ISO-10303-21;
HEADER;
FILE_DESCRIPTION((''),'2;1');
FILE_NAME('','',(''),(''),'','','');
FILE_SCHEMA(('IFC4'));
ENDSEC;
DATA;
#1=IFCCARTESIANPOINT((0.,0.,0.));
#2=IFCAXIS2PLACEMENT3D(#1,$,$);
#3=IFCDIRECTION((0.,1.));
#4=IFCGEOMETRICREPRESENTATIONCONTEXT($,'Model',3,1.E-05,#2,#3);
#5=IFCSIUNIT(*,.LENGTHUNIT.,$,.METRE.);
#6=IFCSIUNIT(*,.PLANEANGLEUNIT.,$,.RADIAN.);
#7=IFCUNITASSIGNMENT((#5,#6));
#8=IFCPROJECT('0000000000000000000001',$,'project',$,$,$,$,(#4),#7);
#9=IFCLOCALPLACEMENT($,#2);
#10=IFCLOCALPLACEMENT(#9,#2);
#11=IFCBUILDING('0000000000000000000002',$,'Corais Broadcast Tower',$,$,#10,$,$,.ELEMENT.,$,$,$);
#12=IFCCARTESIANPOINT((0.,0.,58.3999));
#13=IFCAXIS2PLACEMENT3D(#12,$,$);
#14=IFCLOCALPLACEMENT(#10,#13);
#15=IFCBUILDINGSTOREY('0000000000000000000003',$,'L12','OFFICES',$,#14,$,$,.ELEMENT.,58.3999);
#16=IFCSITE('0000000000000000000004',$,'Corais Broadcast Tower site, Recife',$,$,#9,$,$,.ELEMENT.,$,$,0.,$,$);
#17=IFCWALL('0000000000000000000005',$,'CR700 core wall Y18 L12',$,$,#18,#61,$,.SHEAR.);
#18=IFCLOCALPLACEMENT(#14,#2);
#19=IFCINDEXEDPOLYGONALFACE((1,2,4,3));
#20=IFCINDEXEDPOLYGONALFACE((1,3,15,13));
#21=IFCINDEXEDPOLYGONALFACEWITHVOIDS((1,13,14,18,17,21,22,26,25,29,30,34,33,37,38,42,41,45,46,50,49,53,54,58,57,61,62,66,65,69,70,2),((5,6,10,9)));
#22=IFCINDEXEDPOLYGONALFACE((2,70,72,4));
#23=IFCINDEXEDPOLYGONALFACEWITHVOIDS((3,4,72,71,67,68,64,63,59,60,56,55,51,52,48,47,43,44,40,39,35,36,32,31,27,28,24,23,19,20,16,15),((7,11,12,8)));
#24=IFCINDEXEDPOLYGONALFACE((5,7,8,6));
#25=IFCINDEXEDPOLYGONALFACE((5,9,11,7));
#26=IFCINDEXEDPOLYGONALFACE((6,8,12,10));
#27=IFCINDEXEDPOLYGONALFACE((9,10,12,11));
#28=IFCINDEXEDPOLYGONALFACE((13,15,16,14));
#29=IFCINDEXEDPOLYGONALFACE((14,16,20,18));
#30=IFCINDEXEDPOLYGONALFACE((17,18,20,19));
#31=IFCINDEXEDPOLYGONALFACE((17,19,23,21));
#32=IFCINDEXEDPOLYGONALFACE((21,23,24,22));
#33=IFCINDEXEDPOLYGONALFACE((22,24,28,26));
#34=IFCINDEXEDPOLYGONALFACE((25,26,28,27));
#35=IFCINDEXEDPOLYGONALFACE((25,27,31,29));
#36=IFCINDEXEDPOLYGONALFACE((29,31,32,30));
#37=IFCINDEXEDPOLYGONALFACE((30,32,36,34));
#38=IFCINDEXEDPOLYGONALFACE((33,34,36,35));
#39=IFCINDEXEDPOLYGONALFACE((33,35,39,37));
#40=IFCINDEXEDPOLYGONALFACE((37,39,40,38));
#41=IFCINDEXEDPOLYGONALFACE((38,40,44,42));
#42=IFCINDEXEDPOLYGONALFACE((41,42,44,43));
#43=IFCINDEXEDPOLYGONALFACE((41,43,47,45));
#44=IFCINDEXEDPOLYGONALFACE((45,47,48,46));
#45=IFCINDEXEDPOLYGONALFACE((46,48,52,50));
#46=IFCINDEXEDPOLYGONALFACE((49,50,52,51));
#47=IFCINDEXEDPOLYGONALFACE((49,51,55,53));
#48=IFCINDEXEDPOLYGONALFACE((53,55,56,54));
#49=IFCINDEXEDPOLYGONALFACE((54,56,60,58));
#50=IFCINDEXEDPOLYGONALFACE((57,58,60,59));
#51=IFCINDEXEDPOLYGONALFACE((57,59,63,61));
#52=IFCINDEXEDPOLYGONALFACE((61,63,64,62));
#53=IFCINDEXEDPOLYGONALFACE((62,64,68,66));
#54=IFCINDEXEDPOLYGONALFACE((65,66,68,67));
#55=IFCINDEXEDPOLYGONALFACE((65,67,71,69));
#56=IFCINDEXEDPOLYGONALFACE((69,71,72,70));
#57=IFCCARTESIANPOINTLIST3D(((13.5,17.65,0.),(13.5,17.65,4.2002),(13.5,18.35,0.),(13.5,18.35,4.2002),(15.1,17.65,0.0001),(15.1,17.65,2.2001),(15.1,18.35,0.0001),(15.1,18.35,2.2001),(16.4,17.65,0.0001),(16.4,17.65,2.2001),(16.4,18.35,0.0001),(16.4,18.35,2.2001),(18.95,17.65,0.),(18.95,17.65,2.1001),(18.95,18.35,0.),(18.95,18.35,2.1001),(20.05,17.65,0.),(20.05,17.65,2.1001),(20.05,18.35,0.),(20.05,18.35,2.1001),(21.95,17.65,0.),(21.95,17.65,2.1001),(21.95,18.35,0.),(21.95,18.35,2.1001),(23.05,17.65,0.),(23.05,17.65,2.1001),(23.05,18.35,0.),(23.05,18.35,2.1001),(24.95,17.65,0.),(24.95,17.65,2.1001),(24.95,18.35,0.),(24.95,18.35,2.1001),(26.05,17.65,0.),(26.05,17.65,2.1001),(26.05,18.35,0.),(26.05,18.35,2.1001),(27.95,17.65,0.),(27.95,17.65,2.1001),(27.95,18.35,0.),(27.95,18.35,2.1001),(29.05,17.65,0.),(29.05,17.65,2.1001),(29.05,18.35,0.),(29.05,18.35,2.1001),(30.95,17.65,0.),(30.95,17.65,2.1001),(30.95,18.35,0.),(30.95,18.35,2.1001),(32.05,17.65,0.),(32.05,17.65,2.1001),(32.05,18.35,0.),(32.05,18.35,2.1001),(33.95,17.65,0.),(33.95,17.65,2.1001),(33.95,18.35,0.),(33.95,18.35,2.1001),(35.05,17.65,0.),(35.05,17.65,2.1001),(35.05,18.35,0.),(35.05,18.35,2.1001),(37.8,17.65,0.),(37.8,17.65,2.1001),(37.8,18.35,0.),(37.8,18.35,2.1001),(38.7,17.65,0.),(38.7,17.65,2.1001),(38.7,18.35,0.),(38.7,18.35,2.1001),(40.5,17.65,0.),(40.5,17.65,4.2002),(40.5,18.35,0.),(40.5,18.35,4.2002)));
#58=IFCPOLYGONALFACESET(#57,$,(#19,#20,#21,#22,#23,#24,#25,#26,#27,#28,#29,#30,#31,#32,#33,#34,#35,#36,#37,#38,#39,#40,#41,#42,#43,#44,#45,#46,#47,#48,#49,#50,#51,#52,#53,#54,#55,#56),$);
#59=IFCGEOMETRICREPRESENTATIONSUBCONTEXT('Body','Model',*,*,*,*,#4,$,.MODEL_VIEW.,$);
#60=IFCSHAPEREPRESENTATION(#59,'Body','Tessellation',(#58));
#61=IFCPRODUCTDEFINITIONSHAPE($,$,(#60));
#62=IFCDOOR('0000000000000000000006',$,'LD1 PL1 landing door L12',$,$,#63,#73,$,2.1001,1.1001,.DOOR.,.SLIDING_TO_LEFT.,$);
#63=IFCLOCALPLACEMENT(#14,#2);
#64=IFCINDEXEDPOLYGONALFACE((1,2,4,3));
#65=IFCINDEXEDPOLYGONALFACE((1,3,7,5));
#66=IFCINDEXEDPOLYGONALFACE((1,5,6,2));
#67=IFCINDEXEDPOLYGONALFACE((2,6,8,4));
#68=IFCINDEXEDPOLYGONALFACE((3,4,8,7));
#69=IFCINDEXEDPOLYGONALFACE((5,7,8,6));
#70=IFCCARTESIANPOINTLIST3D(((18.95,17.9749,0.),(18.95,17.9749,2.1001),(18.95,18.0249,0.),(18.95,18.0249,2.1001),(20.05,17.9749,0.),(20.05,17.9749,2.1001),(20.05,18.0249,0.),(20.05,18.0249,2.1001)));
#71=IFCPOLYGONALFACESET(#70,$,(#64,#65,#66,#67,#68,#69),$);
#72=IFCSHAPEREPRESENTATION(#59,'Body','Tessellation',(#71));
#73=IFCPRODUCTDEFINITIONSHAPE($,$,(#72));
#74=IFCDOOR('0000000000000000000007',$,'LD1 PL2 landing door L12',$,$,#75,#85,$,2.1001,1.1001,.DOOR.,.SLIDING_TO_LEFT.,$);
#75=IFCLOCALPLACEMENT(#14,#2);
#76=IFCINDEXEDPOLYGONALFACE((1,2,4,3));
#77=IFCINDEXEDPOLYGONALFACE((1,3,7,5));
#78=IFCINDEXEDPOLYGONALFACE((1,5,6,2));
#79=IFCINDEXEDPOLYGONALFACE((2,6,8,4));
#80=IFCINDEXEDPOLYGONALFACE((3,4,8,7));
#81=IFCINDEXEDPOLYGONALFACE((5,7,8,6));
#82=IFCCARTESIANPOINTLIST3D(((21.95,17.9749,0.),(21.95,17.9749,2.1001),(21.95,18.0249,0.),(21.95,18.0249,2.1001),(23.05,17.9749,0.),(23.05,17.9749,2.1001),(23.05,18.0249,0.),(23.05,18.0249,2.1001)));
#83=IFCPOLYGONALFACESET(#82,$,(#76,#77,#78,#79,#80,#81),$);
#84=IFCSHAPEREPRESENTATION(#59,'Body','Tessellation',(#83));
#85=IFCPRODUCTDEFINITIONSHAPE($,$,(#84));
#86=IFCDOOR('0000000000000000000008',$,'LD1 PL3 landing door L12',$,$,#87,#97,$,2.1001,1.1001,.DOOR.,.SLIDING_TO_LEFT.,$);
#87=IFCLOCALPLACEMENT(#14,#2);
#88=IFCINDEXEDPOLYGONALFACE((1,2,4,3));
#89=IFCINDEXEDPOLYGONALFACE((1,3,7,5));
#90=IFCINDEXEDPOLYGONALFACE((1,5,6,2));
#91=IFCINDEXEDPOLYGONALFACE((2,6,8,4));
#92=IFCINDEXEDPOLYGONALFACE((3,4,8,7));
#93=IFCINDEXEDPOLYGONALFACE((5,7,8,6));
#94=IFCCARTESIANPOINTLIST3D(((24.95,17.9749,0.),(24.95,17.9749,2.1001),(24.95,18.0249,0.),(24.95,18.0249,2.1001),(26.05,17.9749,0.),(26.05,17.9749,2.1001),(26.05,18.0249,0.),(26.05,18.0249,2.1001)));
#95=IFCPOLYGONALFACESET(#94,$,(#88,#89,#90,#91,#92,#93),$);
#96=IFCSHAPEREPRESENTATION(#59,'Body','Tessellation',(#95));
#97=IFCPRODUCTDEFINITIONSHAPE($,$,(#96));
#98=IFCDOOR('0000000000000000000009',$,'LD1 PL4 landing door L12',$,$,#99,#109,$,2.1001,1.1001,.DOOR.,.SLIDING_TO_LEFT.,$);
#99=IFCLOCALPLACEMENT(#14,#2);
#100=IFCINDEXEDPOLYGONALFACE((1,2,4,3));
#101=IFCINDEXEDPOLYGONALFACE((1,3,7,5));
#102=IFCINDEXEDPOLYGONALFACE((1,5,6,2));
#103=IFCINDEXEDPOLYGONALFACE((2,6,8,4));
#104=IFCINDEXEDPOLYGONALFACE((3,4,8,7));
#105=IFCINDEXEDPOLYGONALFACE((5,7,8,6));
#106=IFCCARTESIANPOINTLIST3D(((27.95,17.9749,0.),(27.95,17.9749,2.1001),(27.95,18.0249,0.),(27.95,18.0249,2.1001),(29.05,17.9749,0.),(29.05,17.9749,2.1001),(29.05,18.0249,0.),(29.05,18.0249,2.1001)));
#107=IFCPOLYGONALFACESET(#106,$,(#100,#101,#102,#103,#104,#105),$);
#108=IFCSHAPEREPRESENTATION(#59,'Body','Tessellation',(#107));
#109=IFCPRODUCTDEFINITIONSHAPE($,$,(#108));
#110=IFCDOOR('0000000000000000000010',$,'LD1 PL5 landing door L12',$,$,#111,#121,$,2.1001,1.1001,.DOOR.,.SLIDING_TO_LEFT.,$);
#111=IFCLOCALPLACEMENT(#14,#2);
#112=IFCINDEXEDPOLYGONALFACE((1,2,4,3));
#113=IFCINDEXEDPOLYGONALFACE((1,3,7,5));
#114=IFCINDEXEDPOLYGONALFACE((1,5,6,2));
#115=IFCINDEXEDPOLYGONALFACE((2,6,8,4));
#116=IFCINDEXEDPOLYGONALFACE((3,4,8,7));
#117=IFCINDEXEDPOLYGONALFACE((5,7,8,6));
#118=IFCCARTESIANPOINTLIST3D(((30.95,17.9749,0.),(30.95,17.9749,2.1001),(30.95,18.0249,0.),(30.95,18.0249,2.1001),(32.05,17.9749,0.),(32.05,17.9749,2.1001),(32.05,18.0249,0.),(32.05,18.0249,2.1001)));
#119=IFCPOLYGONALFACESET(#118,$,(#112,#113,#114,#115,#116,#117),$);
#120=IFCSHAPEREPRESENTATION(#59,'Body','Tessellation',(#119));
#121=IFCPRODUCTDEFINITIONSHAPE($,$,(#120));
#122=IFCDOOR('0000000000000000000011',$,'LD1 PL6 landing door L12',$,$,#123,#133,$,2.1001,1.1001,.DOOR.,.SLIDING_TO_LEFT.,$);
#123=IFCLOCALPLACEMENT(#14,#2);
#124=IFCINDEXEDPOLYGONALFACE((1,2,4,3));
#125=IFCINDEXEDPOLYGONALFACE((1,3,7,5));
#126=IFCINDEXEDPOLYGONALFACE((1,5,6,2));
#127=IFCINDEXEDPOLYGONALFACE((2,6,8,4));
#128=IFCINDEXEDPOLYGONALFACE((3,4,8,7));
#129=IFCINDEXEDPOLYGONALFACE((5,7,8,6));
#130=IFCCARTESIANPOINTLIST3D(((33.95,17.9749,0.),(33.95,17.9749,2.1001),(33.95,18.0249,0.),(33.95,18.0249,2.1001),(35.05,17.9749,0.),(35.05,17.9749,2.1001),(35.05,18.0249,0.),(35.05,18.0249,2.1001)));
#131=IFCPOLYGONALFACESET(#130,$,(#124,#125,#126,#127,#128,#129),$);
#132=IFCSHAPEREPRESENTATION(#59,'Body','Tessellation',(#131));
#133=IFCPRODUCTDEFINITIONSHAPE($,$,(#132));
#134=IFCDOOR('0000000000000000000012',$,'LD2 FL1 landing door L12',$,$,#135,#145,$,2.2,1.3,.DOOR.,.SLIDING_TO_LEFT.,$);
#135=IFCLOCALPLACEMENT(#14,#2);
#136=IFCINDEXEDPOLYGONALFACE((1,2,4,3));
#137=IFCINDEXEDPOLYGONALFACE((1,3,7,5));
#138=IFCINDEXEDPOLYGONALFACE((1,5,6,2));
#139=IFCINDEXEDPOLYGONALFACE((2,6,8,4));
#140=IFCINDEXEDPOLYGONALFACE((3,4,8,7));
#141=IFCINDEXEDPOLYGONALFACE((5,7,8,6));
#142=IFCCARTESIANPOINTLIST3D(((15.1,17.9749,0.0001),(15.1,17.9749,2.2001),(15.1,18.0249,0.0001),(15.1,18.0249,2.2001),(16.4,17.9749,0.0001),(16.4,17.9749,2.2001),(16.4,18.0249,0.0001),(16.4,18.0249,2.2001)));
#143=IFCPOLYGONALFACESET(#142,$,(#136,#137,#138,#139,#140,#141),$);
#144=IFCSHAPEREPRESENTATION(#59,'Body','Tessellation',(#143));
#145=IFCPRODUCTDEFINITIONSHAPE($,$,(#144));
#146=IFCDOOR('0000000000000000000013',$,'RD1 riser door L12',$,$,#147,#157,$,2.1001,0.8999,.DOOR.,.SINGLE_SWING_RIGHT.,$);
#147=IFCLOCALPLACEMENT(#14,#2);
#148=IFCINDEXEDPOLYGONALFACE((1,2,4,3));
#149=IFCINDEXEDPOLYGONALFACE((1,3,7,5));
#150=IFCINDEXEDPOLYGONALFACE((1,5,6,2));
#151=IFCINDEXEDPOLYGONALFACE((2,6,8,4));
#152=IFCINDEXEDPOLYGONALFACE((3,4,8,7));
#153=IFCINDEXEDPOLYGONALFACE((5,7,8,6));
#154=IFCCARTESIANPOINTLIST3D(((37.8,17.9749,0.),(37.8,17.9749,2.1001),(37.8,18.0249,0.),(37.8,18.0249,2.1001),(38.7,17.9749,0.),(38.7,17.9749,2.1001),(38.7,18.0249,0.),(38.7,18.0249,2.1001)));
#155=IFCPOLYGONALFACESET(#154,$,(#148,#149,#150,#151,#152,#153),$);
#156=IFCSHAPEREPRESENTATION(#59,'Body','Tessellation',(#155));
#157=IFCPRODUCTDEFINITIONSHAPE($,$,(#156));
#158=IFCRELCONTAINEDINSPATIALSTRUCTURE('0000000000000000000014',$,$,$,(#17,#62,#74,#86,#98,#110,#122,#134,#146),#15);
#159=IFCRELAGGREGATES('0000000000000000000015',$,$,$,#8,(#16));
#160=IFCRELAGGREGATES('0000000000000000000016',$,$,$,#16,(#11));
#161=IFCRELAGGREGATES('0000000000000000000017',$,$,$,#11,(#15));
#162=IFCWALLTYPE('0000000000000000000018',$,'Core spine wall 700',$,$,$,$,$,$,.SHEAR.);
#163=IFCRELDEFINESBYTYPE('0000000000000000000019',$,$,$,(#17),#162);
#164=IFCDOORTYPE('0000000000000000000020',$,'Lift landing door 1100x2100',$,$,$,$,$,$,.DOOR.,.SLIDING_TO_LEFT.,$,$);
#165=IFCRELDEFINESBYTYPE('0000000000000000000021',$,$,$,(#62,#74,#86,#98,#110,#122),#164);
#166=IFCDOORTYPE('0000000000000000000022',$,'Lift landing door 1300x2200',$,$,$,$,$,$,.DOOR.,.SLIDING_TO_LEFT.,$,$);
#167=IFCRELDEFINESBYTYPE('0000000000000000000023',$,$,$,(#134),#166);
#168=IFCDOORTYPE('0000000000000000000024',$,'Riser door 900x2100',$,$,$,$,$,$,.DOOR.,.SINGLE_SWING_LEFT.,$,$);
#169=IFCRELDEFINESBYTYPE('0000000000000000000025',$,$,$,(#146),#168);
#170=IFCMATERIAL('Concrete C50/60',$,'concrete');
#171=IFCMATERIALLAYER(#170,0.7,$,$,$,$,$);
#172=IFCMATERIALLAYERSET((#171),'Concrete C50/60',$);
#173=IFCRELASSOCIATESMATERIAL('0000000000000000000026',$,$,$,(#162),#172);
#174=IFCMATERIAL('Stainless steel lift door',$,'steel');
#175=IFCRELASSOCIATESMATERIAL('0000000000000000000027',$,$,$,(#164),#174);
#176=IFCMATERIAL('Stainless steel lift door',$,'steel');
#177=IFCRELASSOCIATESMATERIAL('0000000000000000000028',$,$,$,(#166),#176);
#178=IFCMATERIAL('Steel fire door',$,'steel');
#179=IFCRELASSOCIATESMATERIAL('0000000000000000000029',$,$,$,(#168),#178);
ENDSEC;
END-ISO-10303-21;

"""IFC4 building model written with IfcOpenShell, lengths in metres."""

from ifc_helpers import new_model, si_unit, direction, frame, frame_2d, origin, place, context, subcontext, project, spatial, rectangle, extrude, material, layer, layer_set, type_object, element, fill, save


model = new_model("IFC4")

# Units and contexts
model_context = context("Model", 3, precision=1e-05, world=origin(), true_north=direction((0.0, 1.0)))
body_context = subcontext(model_context, "Body", "Model", "MODEL_VIEW")
ifc_project = project(units=[si_unit("LENGTHUNIT", "METRE"), si_unit("PLANEANGLEUNIT", "RADIAN")], contexts=[model_context])

# Site, building, storey
site_placement = place(None, origin())
site = spatial("IfcSite", under=ifc_project, at=site_placement, Name="Corais Broadcast Tower site, Recife", CompositionType="ELEMENT", RefElevation=0.0)
building_placement = place(site_placement, origin())
building = spatial("IfcBuilding", under=site, at=building_placement, Name="Corais Broadcast Tower", CompositionType="ELEMENT")
storey_placement = place(building_placement, frame((0.0, 0.0, 58.3999)))
storey = spatial("IfcBuildingStorey", under=building, at=storey_placement, Name="L12", Description="OFFICES", CompositionType="ELEMENT", Elevation=58.3999)

# Shared definitions
ifc_material_1 = material(Name="Concrete C50/60", Category="concrete")
ifc_layer_1 = layer(ifc_material_1, 0.7)
ifc_layer_set_1 = layer_set([ifc_layer_1], Name="Concrete C50/60")
wall_type_1 = type_object("IfcWallType", Name="Core spine wall 700", PredefinedType="SHEAR", material=ifc_layer_set_1)

# Wall, openings, doors
wall_1_placement = place(storey_placement, frame((13.5, 18.0, 0.0), z_axis=(0.0, 0.0, 1.0), x_axis=(1.0, 0.0, 0.0)))
wall_1 = element("IfcWall", 1, at=wall_1_placement, inside=storey, type_object=wall_type_1, Name="CR700 core wall Y18 L12", PredefinedType="SHEAR", context=body_context, shape_type="SweptSolid", body=[
    extrude(rectangle(XDim=27.0, YDim=0.7, at=frame_2d((13.5, 0.0))), origin(), (0.0, 0.0, 1.0), 4.2002),
])
opening_1_placement = place(wall_1_placement, frame((24.3, 0.0, 0.0)))
opening_1 = element("IfcOpeningElement", 2, at=opening_1_placement, cuts=wall_1, PredefinedType="OPENING", context=body_context, shape_type="SweptSolid", body=[
    extrude(rectangle(XDim=0.8999, YDim=2.1001, at=frame_2d((0.45, 1.05))), frame((0.0, 0.3599, 0.0), z_axis=(0.0, -1.0, 0.0), x_axis=(1.0, 0.0, 0.0)), (0.0, 0.0, 1.0), 0.72),
])
opening_2_placement = place(wall_1_placement, frame((5.45, 0.0, 0.0)))
opening_2 = element("IfcOpeningElement", 3, at=opening_2_placement, cuts=wall_1, PredefinedType="OPENING", context=body_context, shape_type="SweptSolid", body=[
    extrude(rectangle(XDim=1.1001, YDim=2.1001, at=frame_2d((0.55, 1.05))), frame((0.0, 0.3599, 0.0), z_axis=(0.0, -1.0, 0.0), x_axis=(1.0, 0.0, 0.0)), (0.0, 0.0, 1.0), 0.72),
])
opening_3_placement = place(wall_1_placement, frame((8.45, 0.0, 0.0)))
opening_3 = element("IfcOpeningElement", 4, at=opening_3_placement, cuts=wall_1, PredefinedType="OPENING", context=body_context, shape_type="SweptSolid", body=[
    extrude(rectangle(XDim=1.1001, YDim=2.1001, at=frame_2d((0.55, 1.05))), frame((0.0, 0.3599, 0.0), z_axis=(0.0, -1.0, 0.0), x_axis=(1.0, 0.0, 0.0)), (0.0, 0.0, 1.0), 0.72),
])
opening_4_placement = place(wall_1_placement, frame((11.45, 0.0, 0.0)))
opening_4 = element("IfcOpeningElement", 5, at=opening_4_placement, cuts=wall_1, PredefinedType="OPENING", context=body_context, shape_type="SweptSolid", body=[
    extrude(rectangle(XDim=1.1001, YDim=2.1001, at=frame_2d((0.55, 1.05))), frame((0.0, 0.3599, 0.0), z_axis=(0.0, -1.0, 0.0), x_axis=(1.0, 0.0, 0.0)), (0.0, 0.0, 1.0), 0.72),
])
opening_5_placement = place(wall_1_placement, frame((14.45, 0.0, 0.0)))
opening_5 = element("IfcOpeningElement", 6, at=opening_5_placement, cuts=wall_1, PredefinedType="OPENING", context=body_context, shape_type="SweptSolid", body=[
    extrude(rectangle(XDim=1.1001, YDim=2.1001, at=frame_2d((0.55, 1.05))), frame((0.0, 0.3599, 0.0), z_axis=(0.0, -1.0, 0.0), x_axis=(1.0, 0.0, 0.0)), (0.0, 0.0, 1.0), 0.72),
])
opening_6_placement = place(wall_1_placement, frame((17.45, 0.0, 0.0)))
opening_6 = element("IfcOpeningElement", 7, at=opening_6_placement, cuts=wall_1, PredefinedType="OPENING", context=body_context, shape_type="SweptSolid", body=[
    extrude(rectangle(XDim=1.1001, YDim=2.1001, at=frame_2d((0.55, 1.05))), frame((0.0, 0.3599, 0.0), z_axis=(0.0, -1.0, 0.0), x_axis=(1.0, 0.0, 0.0)), (0.0, 0.0, 1.0), 0.72),
])
opening_7_placement = place(wall_1_placement, frame((20.45, 0.0, 0.0)))
opening_7 = element("IfcOpeningElement", 8, at=opening_7_placement, cuts=wall_1, PredefinedType="OPENING", context=body_context, shape_type="SweptSolid", body=[
    extrude(rectangle(XDim=1.1001, YDim=2.1001, at=frame_2d((0.55, 1.05))), frame((0.0, 0.3599, 0.0), z_axis=(0.0, -1.0, 0.0), x_axis=(1.0, 0.0, 0.0)), (0.0, 0.0, 1.0), 0.72),
])
opening_8_placement = place(wall_1_placement, frame((1.6001, 0.0, 0.0)))
opening_8 = element("IfcOpeningElement", 9, at=opening_8_placement, cuts=wall_1, PredefinedType="OPENING", context=body_context, shape_type="SweptSolid", body=[
    extrude(rectangle(XDim=1.3, YDim=2.2, at=frame_2d((0.6499, 1.1001))), frame((0.0, 0.3599, 0.0), z_axis=(0.0, -1.0, 0.0), x_axis=(1.0, 0.0, 0.0)), (0.0, 0.0, 1.0), 0.72),
])
ifc_material_2 = material(Name="Stainless steel lift door", Category="steel")
door_type_1 = type_object("IfcDoorType", Name="Lift landing door 1100x2100", OperationType="SLIDING_TO_LEFT", PredefinedType="DOOR", material=ifc_material_2)
door_1_placement = place(opening_2_placement, origin())
door_1 = element("IfcDoor", 10, at=door_1_placement, inside=storey, type_object=door_type_1, Name="LD1 PL1 landing door L12", OperationType="SLIDING_TO_LEFT", OverallHeight=2.1001, OverallWidth=1.1001, PredefinedType="DOOR", context=body_context, shape_type="SweptSolid", body=[
    extrude(rectangle(XDim=1.1001, YDim=2.1001, at=frame_2d((0.55, 1.05))), frame((0.0, 0.0249, 0.0), z_axis=(0.0, -1.0, 0.0), x_axis=(1.0, 0.0, 0.0)), (0.0, 0.0, 1.0), 0.05),
])
fill(opening_2, door_1)
door_2_placement = place(opening_3_placement, origin())
door_2 = element("IfcDoor", 11, at=door_2_placement, inside=storey, type_object=door_type_1, Name="LD1 PL2 landing door L12", OperationType="SLIDING_TO_LEFT", OverallHeight=2.1001, OverallWidth=1.1001, PredefinedType="DOOR", context=body_context, shape_type="SweptSolid", body=[
    extrude(rectangle(XDim=1.1001, YDim=2.1001, at=frame_2d((0.55, 1.05))), frame((0.0, 0.0249, 0.0), z_axis=(0.0, -1.0, 0.0), x_axis=(1.0, 0.0, 0.0)), (0.0, 0.0, 1.0), 0.05),
])
fill(opening_3, door_2)
door_3_placement = place(opening_4_placement, origin())
door_3 = element("IfcDoor", 12, at=door_3_placement, inside=storey, type_object=door_type_1, Name="LD1 PL3 landing door L12", OperationType="SLIDING_TO_LEFT", OverallHeight=2.1001, OverallWidth=1.1001, PredefinedType="DOOR", context=body_context, shape_type="SweptSolid", body=[
    extrude(rectangle(XDim=1.1001, YDim=2.1001, at=frame_2d((0.55, 1.05))), frame((0.0, 0.0249, 0.0), z_axis=(0.0, -1.0, 0.0), x_axis=(1.0, 0.0, 0.0)), (0.0, 0.0, 1.0), 0.05),
])
fill(opening_4, door_3)
door_4_placement = place(opening_5_placement, origin())
door_4 = element("IfcDoor", 13, at=door_4_placement, inside=storey, type_object=door_type_1, Name="LD1 PL4 landing door L12", OperationType="SLIDING_TO_LEFT", OverallHeight=2.1001, OverallWidth=1.1001, PredefinedType="DOOR", context=body_context, shape_type="SweptSolid", body=[
    extrude(rectangle(XDim=1.1001, YDim=2.1001, at=frame_2d((0.55, 1.05))), frame((0.0, 0.0249, 0.0), z_axis=(0.0, -1.0, 0.0), x_axis=(1.0, 0.0, 0.0)), (0.0, 0.0, 1.0), 0.05),
])
fill(opening_5, door_4)
door_5_placement = place(opening_6_placement, origin())
door_5 = element("IfcDoor", 14, at=door_5_placement, inside=storey, type_object=door_type_1, Name="LD1 PL5 landing door L12", OperationType="SLIDING_TO_LEFT", OverallHeight=2.1001, OverallWidth=1.1001, PredefinedType="DOOR", context=body_context, shape_type="SweptSolid", body=[
    extrude(rectangle(XDim=1.1001, YDim=2.1001, at=frame_2d((0.55, 1.05))), frame((0.0, 0.0249, 0.0), z_axis=(0.0, -1.0, 0.0), x_axis=(1.0, 0.0, 0.0)), (0.0, 0.0, 1.0), 0.05),
])
fill(opening_6, door_5)
door_6_placement = place(opening_7_placement, origin())
door_6 = element("IfcDoor", 15, at=door_6_placement, inside=storey, type_object=door_type_1, Name="LD1 PL6 landing door L12", OperationType="SLIDING_TO_LEFT", OverallHeight=2.1001, OverallWidth=1.1001, PredefinedType="DOOR", context=body_context, shape_type="SweptSolid", body=[
    extrude(rectangle(XDim=1.1001, YDim=2.1001, at=frame_2d((0.55, 1.05))), frame((0.0, 0.0249, 0.0), z_axis=(0.0, -1.0, 0.0), x_axis=(1.0, 0.0, 0.0)), (0.0, 0.0, 1.0), 0.05),
])
fill(opening_7, door_6)
ifc_material_3 = material(Name="Stainless steel lift door", Category="steel")
door_type_2 = type_object("IfcDoorType", Name="Lift landing door 1300x2200", OperationType="SLIDING_TO_LEFT", PredefinedType="DOOR", material=ifc_material_3)
door_7_placement = place(opening_8_placement, origin())
door_7 = element("IfcDoor", 16, at=door_7_placement, inside=storey, type_object=door_type_2, Name="LD2 FL1 landing door L12", OperationType="SLIDING_TO_LEFT", OverallHeight=2.2, OverallWidth=1.3, PredefinedType="DOOR", context=body_context, shape_type="SweptSolid", body=[
    extrude(rectangle(XDim=1.3, YDim=2.2, at=frame_2d((0.6499, 1.1001))), frame((0.0, 0.0249, 0.0), z_axis=(0.0, -1.0, 0.0), x_axis=(1.0, 0.0, 0.0)), (0.0, 0.0, 1.0), 0.05),
])
fill(opening_8, door_7)
ifc_material_4 = material(Name="Steel fire door", Category="steel")
door_type_3 = type_object("IfcDoorType", Name="Riser door 900x2100", OperationType="SINGLE_SWING_LEFT", PredefinedType="DOOR", material=ifc_material_4)
door_8_placement = place(opening_1_placement, origin())
door_8 = element("IfcDoor", 17, at=door_8_placement, inside=storey, type_object=door_type_3, Name="RD1 riser door L12", OperationType="SINGLE_SWING_RIGHT", OverallHeight=2.1001, OverallWidth=0.8999, PredefinedType="DOOR", context=body_context, shape_type="SweptSolid", body=[
    extrude(rectangle(XDim=0.8999, YDim=2.1001, at=frame_2d((0.45, 1.05))), frame((0.0, 0.0249, 0.0), z_axis=(0.0, -1.0, 0.0), x_axis=(1.0, 0.0, 0.0)), (0.0, 0.0, 1.0), 0.05),
])
fill(opening_1, door_8)

save(model, "model.ifc")
